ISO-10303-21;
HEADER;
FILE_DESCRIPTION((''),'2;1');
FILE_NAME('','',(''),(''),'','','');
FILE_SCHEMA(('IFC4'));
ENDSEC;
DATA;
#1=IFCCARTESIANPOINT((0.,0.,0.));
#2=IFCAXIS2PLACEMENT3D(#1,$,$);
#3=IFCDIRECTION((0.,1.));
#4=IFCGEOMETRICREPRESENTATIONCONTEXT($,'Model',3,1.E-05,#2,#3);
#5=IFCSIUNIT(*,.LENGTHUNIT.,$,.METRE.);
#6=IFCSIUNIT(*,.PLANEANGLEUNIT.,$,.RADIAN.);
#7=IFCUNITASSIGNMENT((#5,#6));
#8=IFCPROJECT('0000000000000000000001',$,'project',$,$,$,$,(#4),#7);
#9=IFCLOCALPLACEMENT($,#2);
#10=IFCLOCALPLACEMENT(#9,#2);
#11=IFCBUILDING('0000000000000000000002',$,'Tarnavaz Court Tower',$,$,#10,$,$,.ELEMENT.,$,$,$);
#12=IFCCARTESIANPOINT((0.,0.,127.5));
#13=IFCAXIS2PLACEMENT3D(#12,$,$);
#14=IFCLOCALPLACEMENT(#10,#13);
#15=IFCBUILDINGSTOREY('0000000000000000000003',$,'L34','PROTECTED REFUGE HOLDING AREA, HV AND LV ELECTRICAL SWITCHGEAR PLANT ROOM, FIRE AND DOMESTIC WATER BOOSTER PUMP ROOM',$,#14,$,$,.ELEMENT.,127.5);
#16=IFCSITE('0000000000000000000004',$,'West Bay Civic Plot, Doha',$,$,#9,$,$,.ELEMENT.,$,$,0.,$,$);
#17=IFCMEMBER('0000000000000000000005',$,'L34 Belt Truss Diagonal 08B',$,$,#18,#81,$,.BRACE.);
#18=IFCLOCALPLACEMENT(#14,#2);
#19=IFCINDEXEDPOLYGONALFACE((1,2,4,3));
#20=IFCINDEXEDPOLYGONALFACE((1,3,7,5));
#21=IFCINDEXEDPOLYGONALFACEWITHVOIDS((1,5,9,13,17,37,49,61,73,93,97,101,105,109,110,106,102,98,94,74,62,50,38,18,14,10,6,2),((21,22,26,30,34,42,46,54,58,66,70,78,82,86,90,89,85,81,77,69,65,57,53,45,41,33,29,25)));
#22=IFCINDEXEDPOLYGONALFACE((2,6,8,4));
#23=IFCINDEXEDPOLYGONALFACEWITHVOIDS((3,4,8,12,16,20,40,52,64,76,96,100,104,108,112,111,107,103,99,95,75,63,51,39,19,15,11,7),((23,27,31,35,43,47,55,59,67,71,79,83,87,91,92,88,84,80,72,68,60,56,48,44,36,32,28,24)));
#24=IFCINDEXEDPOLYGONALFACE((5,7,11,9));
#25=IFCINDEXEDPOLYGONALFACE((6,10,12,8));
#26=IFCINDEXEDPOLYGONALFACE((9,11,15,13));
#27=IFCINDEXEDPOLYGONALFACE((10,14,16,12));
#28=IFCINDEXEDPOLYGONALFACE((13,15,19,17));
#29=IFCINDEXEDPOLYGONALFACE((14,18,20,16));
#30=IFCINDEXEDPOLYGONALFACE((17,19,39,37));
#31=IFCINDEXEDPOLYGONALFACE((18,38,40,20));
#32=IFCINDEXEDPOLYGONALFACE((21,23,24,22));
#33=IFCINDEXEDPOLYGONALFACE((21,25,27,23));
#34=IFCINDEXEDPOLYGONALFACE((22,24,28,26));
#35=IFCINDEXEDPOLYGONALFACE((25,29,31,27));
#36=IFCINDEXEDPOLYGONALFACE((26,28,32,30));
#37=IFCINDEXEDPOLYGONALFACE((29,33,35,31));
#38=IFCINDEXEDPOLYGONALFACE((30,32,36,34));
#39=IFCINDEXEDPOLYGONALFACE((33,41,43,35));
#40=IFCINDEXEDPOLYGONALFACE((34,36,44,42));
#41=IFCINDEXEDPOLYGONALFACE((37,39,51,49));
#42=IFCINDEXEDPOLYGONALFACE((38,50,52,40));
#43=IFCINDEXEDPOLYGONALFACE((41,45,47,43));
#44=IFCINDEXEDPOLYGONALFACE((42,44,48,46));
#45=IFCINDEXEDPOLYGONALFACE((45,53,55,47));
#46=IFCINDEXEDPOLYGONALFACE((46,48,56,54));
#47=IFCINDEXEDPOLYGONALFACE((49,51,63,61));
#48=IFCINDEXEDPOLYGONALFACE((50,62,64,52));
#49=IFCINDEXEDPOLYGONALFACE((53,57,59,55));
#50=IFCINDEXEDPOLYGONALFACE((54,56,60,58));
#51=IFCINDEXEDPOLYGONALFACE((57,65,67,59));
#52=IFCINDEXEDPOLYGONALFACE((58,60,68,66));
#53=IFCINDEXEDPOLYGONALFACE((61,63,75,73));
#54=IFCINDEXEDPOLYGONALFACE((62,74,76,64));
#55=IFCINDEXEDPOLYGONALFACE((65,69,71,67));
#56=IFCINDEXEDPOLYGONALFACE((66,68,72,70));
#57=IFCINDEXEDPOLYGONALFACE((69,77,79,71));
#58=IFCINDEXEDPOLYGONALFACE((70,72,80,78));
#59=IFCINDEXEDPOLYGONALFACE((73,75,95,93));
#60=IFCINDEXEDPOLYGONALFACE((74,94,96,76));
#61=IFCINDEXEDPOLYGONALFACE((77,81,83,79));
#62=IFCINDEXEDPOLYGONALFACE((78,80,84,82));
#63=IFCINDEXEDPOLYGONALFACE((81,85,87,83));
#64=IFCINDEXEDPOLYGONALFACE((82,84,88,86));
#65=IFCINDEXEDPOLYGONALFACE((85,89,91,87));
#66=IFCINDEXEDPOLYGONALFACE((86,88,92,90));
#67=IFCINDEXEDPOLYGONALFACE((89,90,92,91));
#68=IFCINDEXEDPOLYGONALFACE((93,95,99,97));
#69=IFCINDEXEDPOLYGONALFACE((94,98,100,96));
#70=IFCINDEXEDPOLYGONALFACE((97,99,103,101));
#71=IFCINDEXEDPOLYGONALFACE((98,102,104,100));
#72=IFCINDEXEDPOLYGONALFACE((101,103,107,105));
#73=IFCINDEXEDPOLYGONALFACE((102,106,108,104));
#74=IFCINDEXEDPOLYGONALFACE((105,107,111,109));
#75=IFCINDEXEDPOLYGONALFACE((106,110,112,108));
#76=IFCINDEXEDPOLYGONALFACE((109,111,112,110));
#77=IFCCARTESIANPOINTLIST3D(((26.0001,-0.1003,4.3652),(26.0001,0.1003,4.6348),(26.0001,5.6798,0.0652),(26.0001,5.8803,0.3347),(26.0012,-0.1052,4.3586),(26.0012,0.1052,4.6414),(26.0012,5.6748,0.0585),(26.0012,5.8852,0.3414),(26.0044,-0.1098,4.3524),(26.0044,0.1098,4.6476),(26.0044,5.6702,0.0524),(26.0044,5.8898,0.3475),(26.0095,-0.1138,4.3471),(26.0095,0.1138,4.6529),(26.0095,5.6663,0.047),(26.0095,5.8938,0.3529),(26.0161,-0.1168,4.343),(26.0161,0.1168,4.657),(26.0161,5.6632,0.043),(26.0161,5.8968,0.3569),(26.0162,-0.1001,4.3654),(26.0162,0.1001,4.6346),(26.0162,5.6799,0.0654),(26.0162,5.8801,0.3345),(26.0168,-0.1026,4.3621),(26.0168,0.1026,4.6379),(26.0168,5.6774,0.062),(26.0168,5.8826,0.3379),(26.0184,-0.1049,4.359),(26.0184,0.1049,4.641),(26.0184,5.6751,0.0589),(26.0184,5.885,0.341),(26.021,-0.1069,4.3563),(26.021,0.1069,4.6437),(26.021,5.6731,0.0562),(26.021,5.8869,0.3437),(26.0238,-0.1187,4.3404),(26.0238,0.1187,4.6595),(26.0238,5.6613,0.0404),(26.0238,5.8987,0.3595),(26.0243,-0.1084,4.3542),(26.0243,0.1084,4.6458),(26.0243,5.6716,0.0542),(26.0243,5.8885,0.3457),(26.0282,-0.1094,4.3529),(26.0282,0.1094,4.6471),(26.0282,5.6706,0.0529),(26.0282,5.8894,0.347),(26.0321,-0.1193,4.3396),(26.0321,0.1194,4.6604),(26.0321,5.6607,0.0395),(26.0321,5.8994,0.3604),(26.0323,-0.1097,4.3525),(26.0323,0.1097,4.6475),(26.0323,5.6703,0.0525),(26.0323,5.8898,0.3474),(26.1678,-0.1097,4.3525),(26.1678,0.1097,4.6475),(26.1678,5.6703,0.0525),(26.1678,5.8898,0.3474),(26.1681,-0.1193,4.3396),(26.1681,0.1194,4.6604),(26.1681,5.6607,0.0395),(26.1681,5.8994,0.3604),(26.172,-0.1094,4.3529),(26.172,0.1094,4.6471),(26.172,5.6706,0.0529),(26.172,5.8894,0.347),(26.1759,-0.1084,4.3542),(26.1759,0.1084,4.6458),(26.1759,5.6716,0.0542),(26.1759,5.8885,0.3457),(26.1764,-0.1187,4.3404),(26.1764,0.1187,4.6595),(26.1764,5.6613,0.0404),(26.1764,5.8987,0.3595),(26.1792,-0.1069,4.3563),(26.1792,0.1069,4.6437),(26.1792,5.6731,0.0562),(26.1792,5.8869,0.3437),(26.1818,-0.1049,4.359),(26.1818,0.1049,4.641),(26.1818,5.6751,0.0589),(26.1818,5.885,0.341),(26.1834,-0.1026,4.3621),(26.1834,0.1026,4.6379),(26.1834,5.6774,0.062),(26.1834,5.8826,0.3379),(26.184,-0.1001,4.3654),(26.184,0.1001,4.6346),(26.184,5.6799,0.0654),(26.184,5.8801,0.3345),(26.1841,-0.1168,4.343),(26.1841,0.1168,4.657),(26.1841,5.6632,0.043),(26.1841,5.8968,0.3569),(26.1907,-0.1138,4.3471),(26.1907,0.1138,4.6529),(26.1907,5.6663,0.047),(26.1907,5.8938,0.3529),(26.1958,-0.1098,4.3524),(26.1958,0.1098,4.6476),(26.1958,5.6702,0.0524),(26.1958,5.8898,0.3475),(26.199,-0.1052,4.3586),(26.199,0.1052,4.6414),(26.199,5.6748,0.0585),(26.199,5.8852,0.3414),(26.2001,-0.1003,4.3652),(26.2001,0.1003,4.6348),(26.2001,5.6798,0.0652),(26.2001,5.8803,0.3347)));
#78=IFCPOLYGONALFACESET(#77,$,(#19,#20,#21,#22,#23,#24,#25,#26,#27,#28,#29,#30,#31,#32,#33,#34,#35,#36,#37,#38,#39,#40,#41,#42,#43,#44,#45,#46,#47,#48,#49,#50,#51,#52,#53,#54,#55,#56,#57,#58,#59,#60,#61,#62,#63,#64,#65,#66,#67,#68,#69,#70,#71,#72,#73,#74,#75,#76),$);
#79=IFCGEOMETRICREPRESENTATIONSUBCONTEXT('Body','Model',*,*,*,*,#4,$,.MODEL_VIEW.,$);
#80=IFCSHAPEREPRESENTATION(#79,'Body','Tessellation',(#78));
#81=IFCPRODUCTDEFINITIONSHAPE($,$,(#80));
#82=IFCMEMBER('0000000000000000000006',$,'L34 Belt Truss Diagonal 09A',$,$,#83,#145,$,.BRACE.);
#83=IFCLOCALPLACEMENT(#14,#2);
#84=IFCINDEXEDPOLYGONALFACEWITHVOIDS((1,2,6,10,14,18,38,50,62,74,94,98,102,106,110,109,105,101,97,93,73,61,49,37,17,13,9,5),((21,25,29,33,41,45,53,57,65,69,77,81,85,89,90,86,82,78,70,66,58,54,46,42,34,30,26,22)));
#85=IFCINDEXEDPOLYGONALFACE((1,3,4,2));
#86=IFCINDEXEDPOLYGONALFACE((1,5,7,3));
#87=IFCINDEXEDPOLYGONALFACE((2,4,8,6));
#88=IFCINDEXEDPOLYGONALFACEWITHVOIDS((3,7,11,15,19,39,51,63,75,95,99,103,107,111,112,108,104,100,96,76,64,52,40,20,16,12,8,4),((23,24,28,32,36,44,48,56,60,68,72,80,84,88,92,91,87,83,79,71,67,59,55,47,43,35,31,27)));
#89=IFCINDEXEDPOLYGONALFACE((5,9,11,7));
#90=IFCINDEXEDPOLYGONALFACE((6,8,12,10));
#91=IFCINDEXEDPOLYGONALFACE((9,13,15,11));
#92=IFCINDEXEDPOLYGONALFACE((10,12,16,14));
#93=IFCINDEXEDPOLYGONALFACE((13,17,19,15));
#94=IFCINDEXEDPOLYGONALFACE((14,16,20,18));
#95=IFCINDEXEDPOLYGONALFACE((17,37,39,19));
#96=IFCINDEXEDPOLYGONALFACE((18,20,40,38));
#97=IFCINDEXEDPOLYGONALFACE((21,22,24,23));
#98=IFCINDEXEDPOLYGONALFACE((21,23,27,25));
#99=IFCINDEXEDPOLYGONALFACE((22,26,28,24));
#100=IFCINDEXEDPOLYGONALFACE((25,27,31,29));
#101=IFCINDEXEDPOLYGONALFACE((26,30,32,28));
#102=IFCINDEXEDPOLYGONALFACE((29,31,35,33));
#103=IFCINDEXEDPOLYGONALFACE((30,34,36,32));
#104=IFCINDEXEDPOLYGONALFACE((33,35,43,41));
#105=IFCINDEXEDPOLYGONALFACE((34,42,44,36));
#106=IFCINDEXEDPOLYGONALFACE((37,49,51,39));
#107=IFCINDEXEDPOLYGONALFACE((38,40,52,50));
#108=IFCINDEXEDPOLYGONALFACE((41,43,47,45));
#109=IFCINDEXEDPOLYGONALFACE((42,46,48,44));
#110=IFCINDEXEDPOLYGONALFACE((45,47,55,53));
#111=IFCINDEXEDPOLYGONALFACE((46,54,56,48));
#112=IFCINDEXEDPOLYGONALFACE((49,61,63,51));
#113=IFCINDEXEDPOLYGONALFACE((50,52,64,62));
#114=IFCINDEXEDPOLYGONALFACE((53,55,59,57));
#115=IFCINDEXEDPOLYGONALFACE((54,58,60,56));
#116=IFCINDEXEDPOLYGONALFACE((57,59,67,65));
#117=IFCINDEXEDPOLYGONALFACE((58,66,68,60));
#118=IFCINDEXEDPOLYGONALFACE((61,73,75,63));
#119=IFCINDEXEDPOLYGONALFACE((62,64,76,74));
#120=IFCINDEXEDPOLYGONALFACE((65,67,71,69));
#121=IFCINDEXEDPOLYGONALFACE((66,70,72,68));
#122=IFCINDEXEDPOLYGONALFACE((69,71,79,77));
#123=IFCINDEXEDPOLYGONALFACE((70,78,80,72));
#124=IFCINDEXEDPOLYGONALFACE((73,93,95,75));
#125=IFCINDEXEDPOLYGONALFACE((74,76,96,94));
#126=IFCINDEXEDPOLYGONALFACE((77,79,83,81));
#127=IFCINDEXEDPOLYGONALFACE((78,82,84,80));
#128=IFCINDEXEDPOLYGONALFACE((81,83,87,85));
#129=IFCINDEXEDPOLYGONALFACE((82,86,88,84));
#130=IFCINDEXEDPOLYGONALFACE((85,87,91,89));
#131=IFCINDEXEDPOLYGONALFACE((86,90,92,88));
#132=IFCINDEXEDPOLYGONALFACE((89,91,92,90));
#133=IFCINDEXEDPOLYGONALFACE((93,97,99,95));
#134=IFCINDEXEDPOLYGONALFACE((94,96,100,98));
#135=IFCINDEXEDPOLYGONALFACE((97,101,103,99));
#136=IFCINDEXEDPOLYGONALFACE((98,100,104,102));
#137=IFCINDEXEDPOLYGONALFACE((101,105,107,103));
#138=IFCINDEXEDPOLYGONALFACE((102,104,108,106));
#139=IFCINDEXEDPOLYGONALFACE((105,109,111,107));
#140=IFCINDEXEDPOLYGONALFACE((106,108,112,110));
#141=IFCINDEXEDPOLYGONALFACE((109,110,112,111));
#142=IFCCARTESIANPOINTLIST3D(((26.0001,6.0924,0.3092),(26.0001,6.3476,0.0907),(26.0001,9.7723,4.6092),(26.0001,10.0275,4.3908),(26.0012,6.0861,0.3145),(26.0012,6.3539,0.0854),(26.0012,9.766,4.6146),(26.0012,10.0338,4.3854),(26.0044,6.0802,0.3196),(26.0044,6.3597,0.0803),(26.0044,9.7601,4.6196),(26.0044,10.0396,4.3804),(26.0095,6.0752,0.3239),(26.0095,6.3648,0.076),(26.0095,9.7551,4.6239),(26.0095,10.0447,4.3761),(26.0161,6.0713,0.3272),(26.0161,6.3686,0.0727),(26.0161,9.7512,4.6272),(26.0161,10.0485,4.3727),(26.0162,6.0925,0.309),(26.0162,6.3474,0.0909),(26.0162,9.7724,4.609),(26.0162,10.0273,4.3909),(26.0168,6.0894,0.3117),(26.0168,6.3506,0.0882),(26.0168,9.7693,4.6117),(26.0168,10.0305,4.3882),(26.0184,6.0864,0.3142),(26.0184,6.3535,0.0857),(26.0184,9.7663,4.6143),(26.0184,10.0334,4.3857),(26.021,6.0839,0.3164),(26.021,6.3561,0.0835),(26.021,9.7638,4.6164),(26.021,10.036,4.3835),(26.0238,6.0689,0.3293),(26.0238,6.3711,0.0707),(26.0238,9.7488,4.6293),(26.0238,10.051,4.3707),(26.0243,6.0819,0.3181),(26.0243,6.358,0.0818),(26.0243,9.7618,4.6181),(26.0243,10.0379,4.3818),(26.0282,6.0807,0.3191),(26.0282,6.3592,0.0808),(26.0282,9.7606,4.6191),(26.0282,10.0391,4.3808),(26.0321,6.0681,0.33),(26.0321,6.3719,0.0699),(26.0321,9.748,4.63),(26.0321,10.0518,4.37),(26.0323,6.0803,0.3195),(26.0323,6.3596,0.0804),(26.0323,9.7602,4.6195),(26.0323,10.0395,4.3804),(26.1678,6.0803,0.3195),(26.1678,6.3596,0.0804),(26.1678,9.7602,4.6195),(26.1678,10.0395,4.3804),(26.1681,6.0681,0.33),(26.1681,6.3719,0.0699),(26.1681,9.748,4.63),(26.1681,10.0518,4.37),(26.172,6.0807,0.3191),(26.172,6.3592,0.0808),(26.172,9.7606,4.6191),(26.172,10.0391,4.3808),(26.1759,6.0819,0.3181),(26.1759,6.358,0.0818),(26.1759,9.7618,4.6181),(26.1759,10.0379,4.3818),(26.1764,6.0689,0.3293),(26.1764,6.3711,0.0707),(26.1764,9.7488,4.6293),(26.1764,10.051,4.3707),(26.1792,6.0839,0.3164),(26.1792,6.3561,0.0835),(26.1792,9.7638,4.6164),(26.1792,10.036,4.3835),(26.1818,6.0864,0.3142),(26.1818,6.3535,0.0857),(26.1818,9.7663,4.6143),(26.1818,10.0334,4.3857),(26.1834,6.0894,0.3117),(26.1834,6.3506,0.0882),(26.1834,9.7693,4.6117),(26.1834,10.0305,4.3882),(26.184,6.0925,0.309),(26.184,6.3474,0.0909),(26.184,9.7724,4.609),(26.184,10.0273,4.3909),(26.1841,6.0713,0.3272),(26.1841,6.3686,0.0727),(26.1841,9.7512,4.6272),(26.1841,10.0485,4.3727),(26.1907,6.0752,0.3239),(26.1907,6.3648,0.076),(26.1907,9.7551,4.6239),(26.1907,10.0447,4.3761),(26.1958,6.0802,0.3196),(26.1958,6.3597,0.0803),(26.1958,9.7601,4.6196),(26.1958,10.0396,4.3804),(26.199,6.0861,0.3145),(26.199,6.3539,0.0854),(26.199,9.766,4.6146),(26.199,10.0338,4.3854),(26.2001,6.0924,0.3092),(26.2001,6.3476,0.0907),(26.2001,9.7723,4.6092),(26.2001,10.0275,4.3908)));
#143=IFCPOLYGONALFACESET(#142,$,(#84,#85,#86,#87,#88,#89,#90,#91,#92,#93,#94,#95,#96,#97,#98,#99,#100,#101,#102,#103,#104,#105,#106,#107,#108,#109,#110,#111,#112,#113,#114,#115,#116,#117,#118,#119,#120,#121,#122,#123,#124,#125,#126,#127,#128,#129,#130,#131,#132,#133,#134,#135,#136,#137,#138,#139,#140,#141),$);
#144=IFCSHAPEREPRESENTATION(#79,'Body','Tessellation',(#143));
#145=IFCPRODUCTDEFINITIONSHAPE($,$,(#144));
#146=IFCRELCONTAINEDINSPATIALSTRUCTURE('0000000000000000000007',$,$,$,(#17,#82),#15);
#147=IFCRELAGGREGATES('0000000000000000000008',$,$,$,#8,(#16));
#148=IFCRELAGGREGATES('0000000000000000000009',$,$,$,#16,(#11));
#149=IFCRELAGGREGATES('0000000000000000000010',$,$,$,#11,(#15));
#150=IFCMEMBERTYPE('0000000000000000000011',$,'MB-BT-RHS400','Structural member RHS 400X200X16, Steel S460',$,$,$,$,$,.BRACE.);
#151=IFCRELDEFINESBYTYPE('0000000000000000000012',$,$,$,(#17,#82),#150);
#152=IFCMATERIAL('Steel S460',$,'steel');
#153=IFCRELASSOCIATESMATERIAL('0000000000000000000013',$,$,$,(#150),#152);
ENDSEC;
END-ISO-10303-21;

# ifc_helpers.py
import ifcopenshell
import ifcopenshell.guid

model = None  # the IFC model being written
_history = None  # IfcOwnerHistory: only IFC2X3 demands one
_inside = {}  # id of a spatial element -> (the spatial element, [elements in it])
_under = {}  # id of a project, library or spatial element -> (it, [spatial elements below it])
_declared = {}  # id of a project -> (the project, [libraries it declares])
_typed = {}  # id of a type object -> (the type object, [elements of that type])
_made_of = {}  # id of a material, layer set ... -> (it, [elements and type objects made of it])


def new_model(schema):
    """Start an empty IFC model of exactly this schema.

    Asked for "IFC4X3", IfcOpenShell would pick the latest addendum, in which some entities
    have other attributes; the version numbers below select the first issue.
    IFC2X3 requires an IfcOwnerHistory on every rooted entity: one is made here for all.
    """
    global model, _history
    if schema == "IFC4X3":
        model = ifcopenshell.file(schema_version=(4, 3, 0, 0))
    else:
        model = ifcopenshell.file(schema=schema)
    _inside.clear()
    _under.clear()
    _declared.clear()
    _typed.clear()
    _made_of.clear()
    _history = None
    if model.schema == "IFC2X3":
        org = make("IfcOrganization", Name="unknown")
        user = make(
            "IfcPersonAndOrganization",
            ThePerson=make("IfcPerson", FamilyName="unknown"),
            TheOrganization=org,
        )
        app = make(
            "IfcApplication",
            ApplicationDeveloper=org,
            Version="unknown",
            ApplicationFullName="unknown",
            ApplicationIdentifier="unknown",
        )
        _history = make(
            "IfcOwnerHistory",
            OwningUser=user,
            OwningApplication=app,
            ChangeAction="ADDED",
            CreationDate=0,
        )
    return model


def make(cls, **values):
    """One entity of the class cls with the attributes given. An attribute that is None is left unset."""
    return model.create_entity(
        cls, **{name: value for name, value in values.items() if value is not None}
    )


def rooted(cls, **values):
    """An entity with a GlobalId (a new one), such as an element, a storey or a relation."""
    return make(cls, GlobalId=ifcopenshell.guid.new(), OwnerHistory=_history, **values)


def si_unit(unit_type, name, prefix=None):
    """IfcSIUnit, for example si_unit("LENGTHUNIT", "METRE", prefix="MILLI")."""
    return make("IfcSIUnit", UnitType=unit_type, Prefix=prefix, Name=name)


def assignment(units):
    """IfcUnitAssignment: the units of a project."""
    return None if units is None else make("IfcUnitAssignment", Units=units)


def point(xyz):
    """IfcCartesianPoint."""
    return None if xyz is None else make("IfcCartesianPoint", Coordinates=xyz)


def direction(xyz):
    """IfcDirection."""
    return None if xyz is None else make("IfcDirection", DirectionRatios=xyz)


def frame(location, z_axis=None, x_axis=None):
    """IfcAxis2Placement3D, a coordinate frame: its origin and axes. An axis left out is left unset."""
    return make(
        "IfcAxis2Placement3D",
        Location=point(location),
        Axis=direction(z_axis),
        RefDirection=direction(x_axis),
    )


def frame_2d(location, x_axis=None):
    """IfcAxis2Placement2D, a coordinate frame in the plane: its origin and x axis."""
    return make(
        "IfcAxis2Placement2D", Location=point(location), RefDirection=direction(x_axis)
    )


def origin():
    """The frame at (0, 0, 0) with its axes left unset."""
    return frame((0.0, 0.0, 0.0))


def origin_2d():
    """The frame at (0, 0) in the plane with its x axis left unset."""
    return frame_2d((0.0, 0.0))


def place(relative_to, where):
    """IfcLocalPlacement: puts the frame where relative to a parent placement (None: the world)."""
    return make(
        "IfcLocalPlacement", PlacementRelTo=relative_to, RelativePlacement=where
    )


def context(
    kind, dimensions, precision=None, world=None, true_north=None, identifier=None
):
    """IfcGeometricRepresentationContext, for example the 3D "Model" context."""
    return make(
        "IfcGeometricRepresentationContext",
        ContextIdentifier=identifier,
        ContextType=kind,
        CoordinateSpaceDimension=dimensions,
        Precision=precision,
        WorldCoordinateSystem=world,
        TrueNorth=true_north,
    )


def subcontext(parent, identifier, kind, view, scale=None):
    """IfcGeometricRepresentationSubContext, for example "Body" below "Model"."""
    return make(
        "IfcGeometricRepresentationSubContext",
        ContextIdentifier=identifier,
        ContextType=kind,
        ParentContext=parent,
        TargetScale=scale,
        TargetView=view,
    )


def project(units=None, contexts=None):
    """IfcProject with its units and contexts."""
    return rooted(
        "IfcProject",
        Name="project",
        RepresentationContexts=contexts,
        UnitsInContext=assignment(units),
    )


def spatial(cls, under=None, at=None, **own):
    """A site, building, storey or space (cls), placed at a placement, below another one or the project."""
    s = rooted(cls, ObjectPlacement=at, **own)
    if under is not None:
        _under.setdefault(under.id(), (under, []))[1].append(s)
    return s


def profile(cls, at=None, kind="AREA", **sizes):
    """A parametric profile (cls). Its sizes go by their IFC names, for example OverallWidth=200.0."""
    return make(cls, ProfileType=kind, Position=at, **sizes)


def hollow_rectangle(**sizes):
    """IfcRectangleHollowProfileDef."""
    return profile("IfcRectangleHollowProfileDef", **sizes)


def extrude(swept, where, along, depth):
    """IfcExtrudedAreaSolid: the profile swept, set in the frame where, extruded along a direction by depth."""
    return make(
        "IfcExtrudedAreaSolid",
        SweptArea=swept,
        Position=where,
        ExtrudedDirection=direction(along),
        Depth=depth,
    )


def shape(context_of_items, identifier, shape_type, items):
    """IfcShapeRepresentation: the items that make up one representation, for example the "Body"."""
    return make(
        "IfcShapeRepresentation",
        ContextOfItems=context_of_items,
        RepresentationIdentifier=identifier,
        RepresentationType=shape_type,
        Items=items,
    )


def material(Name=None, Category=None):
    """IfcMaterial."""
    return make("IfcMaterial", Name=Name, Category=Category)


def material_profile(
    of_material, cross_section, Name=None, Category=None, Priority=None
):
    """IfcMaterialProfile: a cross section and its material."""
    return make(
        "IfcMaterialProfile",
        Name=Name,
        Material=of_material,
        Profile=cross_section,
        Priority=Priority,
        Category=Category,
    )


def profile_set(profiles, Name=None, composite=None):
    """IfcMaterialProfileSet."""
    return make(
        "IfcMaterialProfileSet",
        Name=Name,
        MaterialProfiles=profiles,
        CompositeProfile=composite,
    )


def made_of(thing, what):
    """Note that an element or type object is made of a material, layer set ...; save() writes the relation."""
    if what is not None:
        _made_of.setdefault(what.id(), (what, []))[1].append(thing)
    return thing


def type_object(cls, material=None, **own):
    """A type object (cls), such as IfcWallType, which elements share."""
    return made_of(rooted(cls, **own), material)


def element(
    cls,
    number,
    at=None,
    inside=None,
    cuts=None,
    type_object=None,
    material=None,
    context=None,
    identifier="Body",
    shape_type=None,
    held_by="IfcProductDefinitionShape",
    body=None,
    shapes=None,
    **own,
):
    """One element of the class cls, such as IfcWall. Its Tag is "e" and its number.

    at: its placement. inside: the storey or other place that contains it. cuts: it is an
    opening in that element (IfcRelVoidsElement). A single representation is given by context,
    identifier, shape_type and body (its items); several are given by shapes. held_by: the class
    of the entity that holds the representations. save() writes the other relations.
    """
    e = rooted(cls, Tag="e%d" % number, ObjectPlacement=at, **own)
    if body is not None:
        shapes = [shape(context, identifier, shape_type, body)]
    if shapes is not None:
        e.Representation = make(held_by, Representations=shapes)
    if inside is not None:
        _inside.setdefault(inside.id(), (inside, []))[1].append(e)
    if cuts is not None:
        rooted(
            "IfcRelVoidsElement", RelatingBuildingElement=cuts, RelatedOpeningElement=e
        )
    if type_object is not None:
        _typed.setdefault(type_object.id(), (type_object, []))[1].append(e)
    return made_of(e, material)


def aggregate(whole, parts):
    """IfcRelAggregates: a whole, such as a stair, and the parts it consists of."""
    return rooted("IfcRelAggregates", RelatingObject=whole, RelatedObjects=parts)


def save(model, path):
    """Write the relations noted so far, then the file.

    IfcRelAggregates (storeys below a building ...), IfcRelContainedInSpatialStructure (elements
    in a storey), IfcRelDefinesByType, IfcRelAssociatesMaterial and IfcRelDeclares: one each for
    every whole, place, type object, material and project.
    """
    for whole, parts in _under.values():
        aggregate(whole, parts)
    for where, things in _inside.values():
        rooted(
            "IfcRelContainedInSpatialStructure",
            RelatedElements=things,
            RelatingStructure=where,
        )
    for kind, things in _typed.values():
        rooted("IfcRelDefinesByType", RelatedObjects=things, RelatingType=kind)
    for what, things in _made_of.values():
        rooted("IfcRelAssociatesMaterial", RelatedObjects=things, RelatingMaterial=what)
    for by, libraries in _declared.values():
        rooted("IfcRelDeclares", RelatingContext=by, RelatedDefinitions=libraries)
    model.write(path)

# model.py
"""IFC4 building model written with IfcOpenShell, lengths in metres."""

from ifc_helpers import new_model, si_unit, direction, frame, origin, origin_2d, place, context, subcontext, project, spatial, hollow_rectangle, extrude, material, material_profile, profile_set, type_object, element, save


model = new_model("IFC4")

# Units and contexts
model_context = context("Model", 3, precision=1e-05, world=origin(), true_north=direction((0.0, 1.0)))
body_context = subcontext(model_context, "Body", "Model", "MODEL_VIEW")
ifc_project = project(units=[si_unit("LENGTHUNIT", "METRE"), si_unit("PLANEANGLEUNIT", "RADIAN")], contexts=[model_context])

# Site, building, storey
site_placement = place(None, origin())
site = spatial("IfcSite", under=ifc_project, at=site_placement, Name="West Bay Civic Plot, Doha", CompositionType="ELEMENT", RefElevation=0.0)
building_placement = place(site_placement, origin())
building = spatial("IfcBuilding", under=site, at=building_placement, Name="Tarnavaz Court Tower", CompositionType="ELEMENT")
storey_placement = place(building_placement, frame((0.0, 0.0, 127.5)))
storey = spatial("IfcBuildingStorey", under=building, at=storey_placement, Name="L34", Description="PROTECTED REFUGE HOLDING AREA, HV AND LV ELECTRICAL SWITCHGEAR PLANT ROOM, FIRE AND DOMESTIC WATER BOOSTER PUMP ROOM", CompositionType="ELEMENT", Elevation=127.5)

# Shared definitions
ifc_material_1 = material(Name="Steel S460", Category="steel")

# Members
ifc_material_profile_1 = material_profile(ifc_material_1, hollow_rectangle(XDim=0.2, YDim=0.3999, WallThickness=0.0161, InnerFilletRadius=0.0161, OuterFilletRadius=0.032, at=origin_2d()), Name="RHS 400X200X16")
ifc_profile_set_1 = profile_set([ifc_material_profile_1], Name="Steel S460")
member_type_1 = type_object("IfcMemberType", Name="MB-BT-RHS400", Description="Structural member RHS 400X200X16, Steel S460", PredefinedType="BRACE", material=ifc_profile_set_1)
member_1_placement = place(storey_placement, frame((26.1001, 5.78, 0.2), z_axis=(0.0, -0.802324, 0.596889), x_axis=(1.0, 0.0, 0.0)))
element("IfcMember", 1, at=member_1_placement, inside=storey, type_object=member_type_1, Name="L34 Belt Truss Diagonal 08B", PredefinedType="BRACE", context=body_context, shape_type="SweptSolid", body=[
    extrude(hollow_rectangle(XDim=0.2, YDim=0.3999, WallThickness=0.0161, InnerFilletRadius=0.0161, OuterFilletRadius=0.032, at=origin_2d()), origin(), (0.0, 0.0, 1.0), 7.2041),
])
member_2_placement = place(storey_placement, frame((26.1001, 6.22, 0.2), z_axis=(0.0, 0.650198, 0.759765), x_axis=(-1.0, 0.0, 0.0)))
element("IfcMember", 2, at=member_2_placement, inside=storey, type_object=member_type_1, Name="L34 Belt Truss Diagonal 09A", PredefinedType="BRACE", context=body_context, shape_type="SweptSolid", body=[
    extrude(hollow_rectangle(XDim=0.2, YDim=0.3999, WallThickness=0.0161, InnerFilletRadius=0.0161, OuterFilletRadius=0.032, at=origin_2d()), origin(), (0.0, 0.0, 1.0), 5.6597),
])

save(model, "model.ifc")
